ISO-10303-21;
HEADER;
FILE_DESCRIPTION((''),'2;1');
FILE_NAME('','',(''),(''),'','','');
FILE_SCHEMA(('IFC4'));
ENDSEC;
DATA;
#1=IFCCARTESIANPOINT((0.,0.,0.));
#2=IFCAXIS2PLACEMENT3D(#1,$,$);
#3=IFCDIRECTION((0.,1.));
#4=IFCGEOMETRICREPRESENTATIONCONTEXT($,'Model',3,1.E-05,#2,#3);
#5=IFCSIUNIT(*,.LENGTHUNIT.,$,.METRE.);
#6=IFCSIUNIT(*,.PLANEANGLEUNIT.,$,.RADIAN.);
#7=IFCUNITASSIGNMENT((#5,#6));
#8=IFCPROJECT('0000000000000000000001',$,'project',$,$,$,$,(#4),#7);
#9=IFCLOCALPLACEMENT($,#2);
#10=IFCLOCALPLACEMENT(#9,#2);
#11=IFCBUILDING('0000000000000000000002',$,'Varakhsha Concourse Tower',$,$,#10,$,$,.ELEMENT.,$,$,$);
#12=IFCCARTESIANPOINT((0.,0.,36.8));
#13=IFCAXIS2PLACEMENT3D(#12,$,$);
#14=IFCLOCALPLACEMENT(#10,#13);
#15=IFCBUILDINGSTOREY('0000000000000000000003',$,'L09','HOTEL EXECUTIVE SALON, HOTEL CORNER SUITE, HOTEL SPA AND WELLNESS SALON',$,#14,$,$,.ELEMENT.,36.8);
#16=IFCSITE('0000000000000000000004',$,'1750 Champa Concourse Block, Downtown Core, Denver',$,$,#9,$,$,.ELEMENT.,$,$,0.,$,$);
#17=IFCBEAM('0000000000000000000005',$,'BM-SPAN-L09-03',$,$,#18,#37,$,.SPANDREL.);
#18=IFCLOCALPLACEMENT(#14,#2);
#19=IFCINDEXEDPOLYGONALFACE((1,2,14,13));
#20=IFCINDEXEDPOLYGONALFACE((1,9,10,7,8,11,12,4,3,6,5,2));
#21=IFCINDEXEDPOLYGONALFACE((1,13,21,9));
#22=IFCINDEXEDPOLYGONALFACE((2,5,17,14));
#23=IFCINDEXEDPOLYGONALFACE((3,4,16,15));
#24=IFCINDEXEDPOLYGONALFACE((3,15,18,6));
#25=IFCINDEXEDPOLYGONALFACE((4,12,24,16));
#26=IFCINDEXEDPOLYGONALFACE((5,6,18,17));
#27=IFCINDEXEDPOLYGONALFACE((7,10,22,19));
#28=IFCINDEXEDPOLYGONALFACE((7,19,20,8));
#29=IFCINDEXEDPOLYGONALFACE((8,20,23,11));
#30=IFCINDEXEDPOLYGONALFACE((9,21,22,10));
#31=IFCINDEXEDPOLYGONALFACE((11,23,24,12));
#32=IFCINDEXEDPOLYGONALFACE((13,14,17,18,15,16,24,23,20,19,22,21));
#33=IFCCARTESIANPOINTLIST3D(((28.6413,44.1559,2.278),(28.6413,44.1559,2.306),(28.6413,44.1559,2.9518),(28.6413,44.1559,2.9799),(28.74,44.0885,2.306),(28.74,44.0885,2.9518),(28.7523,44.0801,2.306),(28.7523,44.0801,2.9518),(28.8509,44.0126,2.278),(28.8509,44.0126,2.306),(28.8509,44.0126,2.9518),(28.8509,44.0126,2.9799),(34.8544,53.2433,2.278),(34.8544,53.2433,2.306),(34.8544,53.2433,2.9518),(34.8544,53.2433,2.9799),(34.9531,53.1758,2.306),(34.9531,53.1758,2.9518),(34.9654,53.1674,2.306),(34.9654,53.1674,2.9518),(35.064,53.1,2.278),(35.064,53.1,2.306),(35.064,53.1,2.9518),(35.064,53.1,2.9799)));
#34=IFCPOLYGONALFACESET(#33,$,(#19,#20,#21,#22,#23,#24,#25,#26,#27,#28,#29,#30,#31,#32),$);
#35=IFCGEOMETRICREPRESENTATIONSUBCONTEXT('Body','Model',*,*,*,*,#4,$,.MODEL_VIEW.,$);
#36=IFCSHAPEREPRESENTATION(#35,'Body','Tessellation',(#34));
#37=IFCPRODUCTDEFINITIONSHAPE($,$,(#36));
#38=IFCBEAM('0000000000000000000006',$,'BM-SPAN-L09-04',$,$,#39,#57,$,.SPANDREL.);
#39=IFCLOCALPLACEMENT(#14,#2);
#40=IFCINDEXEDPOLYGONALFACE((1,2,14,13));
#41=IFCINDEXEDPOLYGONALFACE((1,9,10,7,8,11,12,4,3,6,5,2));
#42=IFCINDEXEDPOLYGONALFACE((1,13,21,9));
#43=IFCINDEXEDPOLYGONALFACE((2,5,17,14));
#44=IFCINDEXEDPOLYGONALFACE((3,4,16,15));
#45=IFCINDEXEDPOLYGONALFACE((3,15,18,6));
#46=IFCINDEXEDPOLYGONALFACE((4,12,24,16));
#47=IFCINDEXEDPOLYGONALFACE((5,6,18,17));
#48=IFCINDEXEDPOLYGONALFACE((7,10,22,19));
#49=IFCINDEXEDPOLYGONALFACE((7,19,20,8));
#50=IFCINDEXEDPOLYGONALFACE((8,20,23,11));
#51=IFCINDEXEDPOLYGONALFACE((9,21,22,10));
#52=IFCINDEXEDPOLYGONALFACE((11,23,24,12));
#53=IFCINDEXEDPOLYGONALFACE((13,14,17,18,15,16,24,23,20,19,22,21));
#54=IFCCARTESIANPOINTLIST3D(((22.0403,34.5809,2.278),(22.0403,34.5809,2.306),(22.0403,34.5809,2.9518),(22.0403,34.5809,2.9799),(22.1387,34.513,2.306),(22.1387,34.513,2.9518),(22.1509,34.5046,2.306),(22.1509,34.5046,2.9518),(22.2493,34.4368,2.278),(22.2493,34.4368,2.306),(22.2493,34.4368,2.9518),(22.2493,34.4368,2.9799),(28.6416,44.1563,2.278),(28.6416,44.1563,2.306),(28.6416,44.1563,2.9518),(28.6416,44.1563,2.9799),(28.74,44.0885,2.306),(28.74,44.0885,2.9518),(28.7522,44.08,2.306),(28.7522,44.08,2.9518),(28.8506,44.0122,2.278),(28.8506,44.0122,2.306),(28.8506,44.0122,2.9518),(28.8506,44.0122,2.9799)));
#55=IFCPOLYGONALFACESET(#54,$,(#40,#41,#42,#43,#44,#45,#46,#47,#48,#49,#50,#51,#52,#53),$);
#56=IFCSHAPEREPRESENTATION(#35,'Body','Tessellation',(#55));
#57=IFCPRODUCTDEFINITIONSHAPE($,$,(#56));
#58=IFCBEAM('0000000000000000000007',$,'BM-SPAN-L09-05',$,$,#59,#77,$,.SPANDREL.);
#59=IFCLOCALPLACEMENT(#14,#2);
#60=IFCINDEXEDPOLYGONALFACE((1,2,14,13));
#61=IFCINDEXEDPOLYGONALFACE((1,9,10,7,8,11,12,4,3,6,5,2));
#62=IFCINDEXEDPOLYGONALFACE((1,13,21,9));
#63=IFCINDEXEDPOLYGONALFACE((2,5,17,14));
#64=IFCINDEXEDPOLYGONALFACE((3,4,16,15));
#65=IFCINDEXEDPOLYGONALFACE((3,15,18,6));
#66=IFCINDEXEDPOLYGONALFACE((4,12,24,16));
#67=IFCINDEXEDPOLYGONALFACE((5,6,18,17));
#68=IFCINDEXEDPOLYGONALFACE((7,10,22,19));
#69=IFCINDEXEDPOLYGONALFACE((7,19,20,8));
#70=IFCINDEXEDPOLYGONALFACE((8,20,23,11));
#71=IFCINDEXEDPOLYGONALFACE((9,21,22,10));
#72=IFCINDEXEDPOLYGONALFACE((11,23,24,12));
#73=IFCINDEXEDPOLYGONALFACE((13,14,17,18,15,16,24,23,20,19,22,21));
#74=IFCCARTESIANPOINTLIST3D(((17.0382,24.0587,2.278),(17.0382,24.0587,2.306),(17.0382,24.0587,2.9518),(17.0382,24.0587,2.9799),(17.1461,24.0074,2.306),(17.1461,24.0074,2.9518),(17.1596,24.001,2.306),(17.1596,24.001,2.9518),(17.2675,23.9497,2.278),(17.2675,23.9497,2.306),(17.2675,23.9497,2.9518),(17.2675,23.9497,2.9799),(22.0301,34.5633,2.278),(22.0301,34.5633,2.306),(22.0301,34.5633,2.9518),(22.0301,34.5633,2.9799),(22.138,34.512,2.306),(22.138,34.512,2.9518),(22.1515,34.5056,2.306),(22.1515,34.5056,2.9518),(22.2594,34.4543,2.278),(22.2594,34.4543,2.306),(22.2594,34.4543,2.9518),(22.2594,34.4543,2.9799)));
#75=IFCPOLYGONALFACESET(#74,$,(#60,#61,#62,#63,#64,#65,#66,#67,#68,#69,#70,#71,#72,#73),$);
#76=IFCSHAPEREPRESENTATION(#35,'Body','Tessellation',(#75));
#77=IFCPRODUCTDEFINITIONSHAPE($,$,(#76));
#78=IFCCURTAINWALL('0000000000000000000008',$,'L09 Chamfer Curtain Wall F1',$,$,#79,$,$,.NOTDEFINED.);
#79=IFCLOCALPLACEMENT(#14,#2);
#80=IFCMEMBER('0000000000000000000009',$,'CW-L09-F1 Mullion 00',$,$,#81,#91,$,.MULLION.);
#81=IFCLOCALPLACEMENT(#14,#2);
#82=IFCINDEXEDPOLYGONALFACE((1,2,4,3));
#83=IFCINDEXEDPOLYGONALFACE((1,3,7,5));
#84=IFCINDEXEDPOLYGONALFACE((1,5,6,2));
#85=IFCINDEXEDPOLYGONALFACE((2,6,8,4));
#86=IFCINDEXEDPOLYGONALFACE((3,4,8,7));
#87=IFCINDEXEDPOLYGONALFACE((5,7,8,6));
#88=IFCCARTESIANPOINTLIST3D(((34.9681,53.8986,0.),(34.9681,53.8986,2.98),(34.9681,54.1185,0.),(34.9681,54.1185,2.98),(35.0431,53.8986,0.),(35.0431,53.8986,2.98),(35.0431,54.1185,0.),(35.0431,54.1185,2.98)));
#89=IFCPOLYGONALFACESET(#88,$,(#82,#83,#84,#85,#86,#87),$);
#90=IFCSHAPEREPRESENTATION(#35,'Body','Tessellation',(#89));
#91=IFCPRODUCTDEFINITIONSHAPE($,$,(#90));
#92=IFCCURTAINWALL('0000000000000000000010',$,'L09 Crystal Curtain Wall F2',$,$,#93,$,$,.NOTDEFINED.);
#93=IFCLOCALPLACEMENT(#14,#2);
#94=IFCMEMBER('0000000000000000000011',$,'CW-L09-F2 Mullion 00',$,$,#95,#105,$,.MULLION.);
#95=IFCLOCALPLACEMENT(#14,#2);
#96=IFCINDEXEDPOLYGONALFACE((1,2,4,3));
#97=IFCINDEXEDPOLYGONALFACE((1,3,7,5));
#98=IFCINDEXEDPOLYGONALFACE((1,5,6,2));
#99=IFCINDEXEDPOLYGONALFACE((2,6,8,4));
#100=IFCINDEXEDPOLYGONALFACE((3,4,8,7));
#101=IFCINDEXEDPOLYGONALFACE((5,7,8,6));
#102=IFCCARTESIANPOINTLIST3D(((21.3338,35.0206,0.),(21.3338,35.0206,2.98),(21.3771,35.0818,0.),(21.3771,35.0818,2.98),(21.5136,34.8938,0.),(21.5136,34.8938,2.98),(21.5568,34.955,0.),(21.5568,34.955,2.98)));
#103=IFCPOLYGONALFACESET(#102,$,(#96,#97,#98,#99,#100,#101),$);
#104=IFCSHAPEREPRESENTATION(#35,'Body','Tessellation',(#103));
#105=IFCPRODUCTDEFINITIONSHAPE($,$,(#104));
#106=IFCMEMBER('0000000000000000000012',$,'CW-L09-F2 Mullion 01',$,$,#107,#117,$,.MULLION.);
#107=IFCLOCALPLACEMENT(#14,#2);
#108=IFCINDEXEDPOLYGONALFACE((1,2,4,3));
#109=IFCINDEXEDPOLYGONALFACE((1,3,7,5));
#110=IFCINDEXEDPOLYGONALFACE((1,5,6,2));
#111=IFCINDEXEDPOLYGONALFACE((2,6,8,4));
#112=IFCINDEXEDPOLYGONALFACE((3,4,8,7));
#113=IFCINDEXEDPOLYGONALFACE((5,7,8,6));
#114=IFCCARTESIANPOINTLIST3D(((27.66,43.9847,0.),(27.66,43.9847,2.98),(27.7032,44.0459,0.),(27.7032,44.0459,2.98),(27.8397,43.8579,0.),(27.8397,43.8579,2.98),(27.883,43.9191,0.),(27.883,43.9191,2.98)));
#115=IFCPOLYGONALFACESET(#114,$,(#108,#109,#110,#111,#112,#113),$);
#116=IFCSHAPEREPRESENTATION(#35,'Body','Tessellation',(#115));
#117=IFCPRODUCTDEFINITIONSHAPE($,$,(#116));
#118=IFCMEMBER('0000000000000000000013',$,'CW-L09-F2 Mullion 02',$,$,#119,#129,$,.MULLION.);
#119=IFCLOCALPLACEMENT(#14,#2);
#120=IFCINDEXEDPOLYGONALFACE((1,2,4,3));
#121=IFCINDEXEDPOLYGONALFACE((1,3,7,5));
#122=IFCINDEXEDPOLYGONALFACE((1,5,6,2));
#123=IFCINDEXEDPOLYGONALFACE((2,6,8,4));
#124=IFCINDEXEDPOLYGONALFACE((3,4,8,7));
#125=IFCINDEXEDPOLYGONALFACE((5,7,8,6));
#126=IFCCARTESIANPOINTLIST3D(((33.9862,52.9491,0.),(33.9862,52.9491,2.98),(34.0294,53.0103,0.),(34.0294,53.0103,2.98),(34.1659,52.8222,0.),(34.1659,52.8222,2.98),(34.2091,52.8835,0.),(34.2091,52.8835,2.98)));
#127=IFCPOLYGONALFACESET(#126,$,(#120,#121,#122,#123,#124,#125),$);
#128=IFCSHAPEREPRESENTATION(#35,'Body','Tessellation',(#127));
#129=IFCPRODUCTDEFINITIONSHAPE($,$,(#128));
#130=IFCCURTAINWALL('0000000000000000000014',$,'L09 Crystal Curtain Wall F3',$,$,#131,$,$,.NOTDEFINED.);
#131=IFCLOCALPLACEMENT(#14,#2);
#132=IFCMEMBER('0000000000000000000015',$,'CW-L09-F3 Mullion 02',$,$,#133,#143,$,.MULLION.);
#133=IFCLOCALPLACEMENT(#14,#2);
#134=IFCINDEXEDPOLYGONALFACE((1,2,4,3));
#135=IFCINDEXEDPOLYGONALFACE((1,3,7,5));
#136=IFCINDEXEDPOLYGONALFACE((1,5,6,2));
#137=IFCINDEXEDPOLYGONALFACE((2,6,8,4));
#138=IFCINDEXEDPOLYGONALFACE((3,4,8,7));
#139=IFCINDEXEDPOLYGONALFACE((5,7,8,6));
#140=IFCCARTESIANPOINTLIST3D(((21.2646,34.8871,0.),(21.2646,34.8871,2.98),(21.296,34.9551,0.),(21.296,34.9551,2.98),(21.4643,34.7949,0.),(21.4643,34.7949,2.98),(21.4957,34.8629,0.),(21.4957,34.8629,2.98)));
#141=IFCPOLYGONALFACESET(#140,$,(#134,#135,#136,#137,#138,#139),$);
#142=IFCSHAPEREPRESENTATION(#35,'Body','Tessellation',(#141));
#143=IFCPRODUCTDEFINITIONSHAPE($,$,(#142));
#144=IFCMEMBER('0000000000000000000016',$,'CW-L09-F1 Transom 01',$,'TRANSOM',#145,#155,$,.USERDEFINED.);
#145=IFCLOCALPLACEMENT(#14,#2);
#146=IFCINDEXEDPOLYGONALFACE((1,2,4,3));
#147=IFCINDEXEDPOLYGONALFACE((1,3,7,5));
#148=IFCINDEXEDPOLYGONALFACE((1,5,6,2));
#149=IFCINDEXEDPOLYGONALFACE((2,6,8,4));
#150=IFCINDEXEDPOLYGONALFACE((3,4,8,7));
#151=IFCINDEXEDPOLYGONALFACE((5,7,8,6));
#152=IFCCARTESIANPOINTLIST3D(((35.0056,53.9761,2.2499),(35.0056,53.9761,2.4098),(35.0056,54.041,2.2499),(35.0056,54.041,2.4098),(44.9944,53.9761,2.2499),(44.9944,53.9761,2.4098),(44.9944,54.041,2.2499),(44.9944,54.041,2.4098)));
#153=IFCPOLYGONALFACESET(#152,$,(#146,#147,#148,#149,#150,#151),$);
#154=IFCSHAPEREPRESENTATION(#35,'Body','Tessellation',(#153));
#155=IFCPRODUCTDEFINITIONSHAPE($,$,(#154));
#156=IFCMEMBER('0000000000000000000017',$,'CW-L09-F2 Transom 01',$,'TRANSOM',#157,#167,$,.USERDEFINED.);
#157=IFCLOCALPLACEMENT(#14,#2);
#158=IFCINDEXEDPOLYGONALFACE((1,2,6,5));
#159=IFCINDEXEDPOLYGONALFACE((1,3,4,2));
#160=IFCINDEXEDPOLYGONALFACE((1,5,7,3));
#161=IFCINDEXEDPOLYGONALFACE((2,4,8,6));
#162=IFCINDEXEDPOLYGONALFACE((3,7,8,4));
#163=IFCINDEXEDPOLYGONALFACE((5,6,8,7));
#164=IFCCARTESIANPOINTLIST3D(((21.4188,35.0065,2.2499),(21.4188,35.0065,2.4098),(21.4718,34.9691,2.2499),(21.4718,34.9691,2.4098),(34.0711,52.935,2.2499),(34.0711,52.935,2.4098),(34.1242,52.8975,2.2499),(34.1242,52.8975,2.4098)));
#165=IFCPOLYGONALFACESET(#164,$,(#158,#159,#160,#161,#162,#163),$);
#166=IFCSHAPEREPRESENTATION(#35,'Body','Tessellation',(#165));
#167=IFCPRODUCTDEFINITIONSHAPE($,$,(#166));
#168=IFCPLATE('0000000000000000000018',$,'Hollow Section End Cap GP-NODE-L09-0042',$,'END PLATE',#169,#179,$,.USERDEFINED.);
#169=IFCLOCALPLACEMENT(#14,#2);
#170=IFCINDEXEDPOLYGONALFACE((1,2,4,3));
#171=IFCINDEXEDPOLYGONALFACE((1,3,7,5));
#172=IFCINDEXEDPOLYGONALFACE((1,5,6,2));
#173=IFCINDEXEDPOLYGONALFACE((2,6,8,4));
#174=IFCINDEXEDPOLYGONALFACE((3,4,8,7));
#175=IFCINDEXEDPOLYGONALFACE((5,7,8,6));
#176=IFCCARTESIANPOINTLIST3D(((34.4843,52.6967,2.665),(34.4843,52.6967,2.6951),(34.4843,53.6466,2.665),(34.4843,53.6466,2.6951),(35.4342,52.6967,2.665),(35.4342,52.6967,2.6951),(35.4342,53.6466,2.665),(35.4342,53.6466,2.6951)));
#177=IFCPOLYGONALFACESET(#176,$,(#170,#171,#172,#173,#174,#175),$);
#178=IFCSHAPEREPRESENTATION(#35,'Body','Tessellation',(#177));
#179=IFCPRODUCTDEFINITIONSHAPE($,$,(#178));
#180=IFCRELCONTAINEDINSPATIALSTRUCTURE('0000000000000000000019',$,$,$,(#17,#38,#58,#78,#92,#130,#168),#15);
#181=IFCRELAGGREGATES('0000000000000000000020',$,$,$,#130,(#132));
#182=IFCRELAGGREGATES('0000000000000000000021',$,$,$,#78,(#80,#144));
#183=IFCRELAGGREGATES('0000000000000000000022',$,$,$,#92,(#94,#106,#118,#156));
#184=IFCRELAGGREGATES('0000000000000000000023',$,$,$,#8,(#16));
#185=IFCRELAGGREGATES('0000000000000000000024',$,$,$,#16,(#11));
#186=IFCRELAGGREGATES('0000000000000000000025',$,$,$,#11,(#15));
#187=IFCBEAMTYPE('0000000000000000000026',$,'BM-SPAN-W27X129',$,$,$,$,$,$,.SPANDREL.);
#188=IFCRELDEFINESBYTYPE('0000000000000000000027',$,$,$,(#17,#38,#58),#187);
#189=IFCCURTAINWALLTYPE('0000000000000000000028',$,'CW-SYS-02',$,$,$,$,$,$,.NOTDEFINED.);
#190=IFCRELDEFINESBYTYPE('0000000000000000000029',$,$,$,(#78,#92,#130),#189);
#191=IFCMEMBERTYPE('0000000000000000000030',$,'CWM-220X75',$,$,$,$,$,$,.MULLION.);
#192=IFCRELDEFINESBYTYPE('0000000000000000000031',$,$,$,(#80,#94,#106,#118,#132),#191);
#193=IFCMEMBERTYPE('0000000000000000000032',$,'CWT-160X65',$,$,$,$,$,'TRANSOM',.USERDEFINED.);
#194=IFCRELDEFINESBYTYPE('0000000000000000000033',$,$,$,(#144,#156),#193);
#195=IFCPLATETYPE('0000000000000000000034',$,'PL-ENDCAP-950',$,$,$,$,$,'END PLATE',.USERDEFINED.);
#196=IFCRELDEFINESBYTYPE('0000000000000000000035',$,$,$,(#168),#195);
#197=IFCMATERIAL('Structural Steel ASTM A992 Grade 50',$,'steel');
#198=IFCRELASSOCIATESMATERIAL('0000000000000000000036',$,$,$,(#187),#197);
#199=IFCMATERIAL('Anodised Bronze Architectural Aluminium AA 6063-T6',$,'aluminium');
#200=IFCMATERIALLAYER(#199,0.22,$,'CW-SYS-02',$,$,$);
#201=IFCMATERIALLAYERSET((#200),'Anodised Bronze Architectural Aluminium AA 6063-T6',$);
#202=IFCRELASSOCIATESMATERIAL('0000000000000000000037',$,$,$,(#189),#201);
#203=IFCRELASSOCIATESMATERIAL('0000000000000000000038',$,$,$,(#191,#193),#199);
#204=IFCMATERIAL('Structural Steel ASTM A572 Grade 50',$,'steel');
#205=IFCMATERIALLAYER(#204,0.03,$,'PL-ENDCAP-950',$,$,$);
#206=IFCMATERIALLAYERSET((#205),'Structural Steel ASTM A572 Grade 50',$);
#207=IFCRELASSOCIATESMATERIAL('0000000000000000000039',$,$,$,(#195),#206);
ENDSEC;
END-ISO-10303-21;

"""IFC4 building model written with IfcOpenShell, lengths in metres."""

from ifc_helpers import new_model, si_unit, direction, frame, origin, origin_2d, place, context, subcontext, project, spatial, rectangle, i_section, extrude, source, transform, mapped, material, layer, layer_set, material_profile, profile_set, type_object, type_shapes, element, aggregate, save


model = new_model("IFC4")

# Units and contexts
model_context = context("Model", 3, precision=1e-05, world=origin(), true_north=direction((0.0, 1.0)))
body_context = subcontext(model_context, "Body", "Model", "MODEL_VIEW")
ifc_project = project(units=[si_unit("LENGTHUNIT", "METRE"), si_unit("PLANEANGLEUNIT", "RADIAN")], contexts=[model_context])

# Site, building, storey
site_placement = place(None, origin())
site = spatial("IfcSite", under=ifc_project, at=site_placement, Name="1750 Champa Concourse Block, Downtown Core, Denver", CompositionType="ELEMENT", RefElevation=0.0)
building_placement = place(site_placement, origin())
building = spatial("IfcBuilding", under=site, at=building_placement, Name="Varakhsha Concourse Tower", CompositionType="ELEMENT")
storey_placement = place(building_placement, frame((0.0, 0.0, 36.8)))
storey = spatial("IfcBuildingStorey", under=building, at=storey_placement, Name="L09", Description="HOTEL EXECUTIVE SALON, HOTEL CORNER SUITE, HOTEL SPA AND WELLNESS SALON", CompositionType="ELEMENT", Elevation=36.8)

# Shared definitions
ifc_material_1 = material(Name="Structural Steel ASTM A992 Grade 50", Category="steel")
ifc_material_2 = material(Name="Structural Steel ASTM A572 Grade 50", Category="steel")

# Beams
ifc_material_profile_1 = material_profile(ifc_material_1, i_section(OverallWidth=0.2539, OverallDepth=0.7019, WebThickness=0.0149, FlangeThickness=0.0281, at=origin_2d()), Name="W27X129")
ifc_profile_set_1 = profile_set([ifc_material_profile_1], Name="Structural Steel ASTM A992 Grade 50")
beam_type_1 = type_object("IfcBeamType", Name="BM-SPAN-W27X129", PredefinedType="SPANDREL", material=ifc_profile_set_1)
beam_1_placement = place(storey_placement, frame((34.9592, 53.1716, 2.6289), z_axis=(-0.564402, -0.8255, 0.0), x_axis=(0.8255, -0.564402, 0.0)))
element("IfcBeam", 1, at=beam_1_placement, inside=storey, type_object=beam_type_1, Name="BM-SPAN-L09-03", PredefinedType="SPANDREL", context=body_context, shape_type="SweptSolid", body=[
    extrude(i_section(OverallWidth=0.2539, OverallDepth=0.7019, WebThickness=0.0149, FlangeThickness=0.0281, at=origin_2d()), origin(), (0.0, 0.0, 1.0), 11.0083),
])
for number, where, z_axis, x_axis, name in (
    (2, (28.7461, 44.0842, 2.6289), (-0.567591, -0.823311, 0.0), (0.823311, -0.567591, 0.0), "BM-SPAN-L09-04"),
    (3, (22.1448, 34.5088, 2.6289), (-0.429214, -0.903203, 0.0), (0.903203, -0.429214, 0.0), "BM-SPAN-L09-05"),
):
    element("IfcBeam", number, at=place(storey_placement, frame(where, z_axis=z_axis, x_axis=x_axis)), inside=storey, type_object=beam_type_1, Name=name, PredefinedType="SPANDREL", context=body_context, shape_type="SweptSolid", body=[
        extrude(i_section(OverallWidth=0.2539, OverallDepth=0.7019, WebThickness=0.0149, FlangeThickness=0.0281, at=origin_2d()), origin(), (0.0, 0.0, 1.0), 11.6304),
    ])

# Curtain wall, member
ifc_material_3 = material(Name="Anodised Bronze Architectural Aluminium AA 6063-T6", Category="aluminium")
ifc_layer_1 = layer(ifc_material_3, 0.22, Name="CW-SYS-02")
ifc_layer_set_1 = layer_set([ifc_layer_1], Name="Anodised Bronze Architectural Aluminium AA 6063-T6")
curtain_wall_type = type_object("IfcCurtainWallType", Name="CW-SYS-02", PredefinedType="NOTDEFINED", material=ifc_layer_set_1)
curtain_wall_1_placement = place(storey_placement, origin())
curtain_wall_1 = element("IfcCurtainWall", 4, at=curtain_wall_1_placement, inside=storey, type_object=curtain_wall_type, Name="L09 Chamfer Curtain Wall F1", PredefinedType="NOTDEFINED")
ifc_material_profile_2 = material_profile(ifc_material_3, rectangle(XDim=0.075, YDim=0.22, at=origin_2d()), Name="CWM-220X75")
ifc_profile_set_2 = profile_set([ifc_material_profile_2], Name="Anodised Bronze Architectural Aluminium AA 6063-T6")
member_type_1 = type_object("IfcMemberType", Name="CWM-220X75", PredefinedType="MULLION", material=ifc_profile_set_2)
shared_shape_1 = source(origin(), body_context, "Body", "SweptSolid", [
    extrude(rectangle(XDim=0.075, YDim=0.22, at=origin_2d()), origin(), (0.0, 0.0, 1.0), 2.98),
])
type_shapes(member_type_1, [shared_shape_1])
member_1_placement = place(storey_placement, frame((35.0056, 54.0085, 0.0), z_axis=(0.0, 0.0, 1.0), x_axis=(1.0, 0.0, 0.0)))
member_1 = element("IfcMember", 5, at=member_1_placement, type_object=member_type_1, Name="CW-L09-F1 Mullion 00", PredefinedType="MULLION", context=body_context, shape_type="MappedRepresentation", body=[
    mapped(shared_shape_1, transform((0.0, 0.0, 0.0), scale=1.0)),
])

# Curtain wall, members
curtain_wall_2_placement = place(storey_placement, origin())
curtain_wall_2 = element("IfcCurtainWall", 6, at=curtain_wall_2_placement, inside=storey, type_object=curtain_wall_type, Name="L09 Crystal Curtain Wall F2", PredefinedType="NOTDEFINED")
member_2_placement = place(storey_placement, frame((21.4453, 34.9878, 0.0), z_axis=(0.0, 0.0, 1.0), x_axis=(0.576593, 0.817031, 0.0)))
member_2 = element("IfcMember", 7, at=member_2_placement, type_object=member_type_1, Name="CW-L09-F2 Mullion 00", PredefinedType="MULLION", context=body_context, shape_type="MappedRepresentation", body=[
    mapped(shared_shape_1, transform((0.0, 0.0, 0.0), scale=1.0)),
])
member_3_placement = place(storey_placement, frame((27.7715, 43.9519, 0.0), z_axis=(0.0, 0.0, 1.0), x_axis=(0.576593, 0.817031, 0.0)))
member_3 = element("IfcMember", 8, at=member_3_placement, type_object=member_type_1, Name="CW-L09-F2 Mullion 01", PredefinedType="MULLION", context=body_context, shape_type="MappedRepresentation", body=[
    mapped(shared_shape_1, transform((0.0, 0.0, 0.0), scale=1.0)),
])
member_4_placement = place(storey_placement, frame((34.0977, 52.9163, 0.0), z_axis=(0.0, 0.0, 1.0), x_axis=(0.576593, 0.817031, 0.0)))
member_4 = element("IfcMember", 9, at=member_4_placement, type_object=member_type_1, Name="CW-L09-F2 Mullion 02", PredefinedType="MULLION", context=body_context, shape_type="MappedRepresentation", body=[
    mapped(shared_shape_1, transform((0.0, 0.0, 0.0), scale=1.0)),
])

# Curtain wall, member
curtain_wall_3_placement = place(storey_placement, origin())
curtain_wall_3 = element("IfcCurtainWall", 10, at=curtain_wall_3_placement, inside=storey, type_object=curtain_wall_type, Name="L09 Crystal Curtain Wall F3", PredefinedType="NOTDEFINED")
member_5_placement = place(storey_placement, frame((21.3801, 34.875, 0.0), z_axis=(0.0, 0.0, 1.0), x_axis=(0.41927, 0.907862, 0.0)))
member_5 = element("IfcMember", 11, at=member_5_placement, type_object=member_type_1, Name="CW-L09-F3 Mullion 02", PredefinedType="MULLION", context=body_context, shape_type="MappedRepresentation", body=[
    mapped(shared_shape_1, transform((0.0, 0.0, 0.0), scale=1.0)),
])
aggregate(curtain_wall_3, [member_5])

# Members
ifc_material_profile_3 = material_profile(ifc_material_3, rectangle(XDim=0.0649, YDim=0.1599, at=origin_2d()), Name="CWT-160X65")
ifc_profile_set_3 = profile_set([ifc_material_profile_3], Name="Anodised Bronze Architectural Aluminium AA 6063-T6")
member_type_2 = type_object("IfcMemberType", Name="CWT-160X65", ElementType="TRANSOM", PredefinedType="USERDEFINED", material=ifc_profile_set_3)
shared_shape_2 = source(origin(), body_context, "Body", "SweptSolid", [
    extrude(rectangle(XDim=0.0649, YDim=0.1599, at=origin_2d()), origin(), (0.0, 0.0, 1.0), 9.9888),
])
member_6_placement = place(storey_placement, frame((35.0056, 54.0085, 2.3298), z_axis=(1.0, 0.0, 0.0), x_axis=(0.0, 1.0, 0.0)))
member_6 = element("IfcMember", 12, at=member_6_placement, type_object=member_type_2, Name="CW-L09-F1 Transom 01", ObjectType="TRANSOM", PredefinedType="USERDEFINED", context=body_context, shape_type="MappedRepresentation", body=[
    mapped(shared_shape_2, transform((0.0, 0.0, 0.0), scale=1.0)),
])
aggregate(curtain_wall_1, [member_1, member_6])
shared_shape_3 = source(origin(), body_context, "Body", "SweptSolid", [
    extrude(rectangle(XDim=0.0649, YDim=0.1599, at=origin_2d()), origin(), (0.0, 0.0, 1.0), 21.9434),
])
type_shapes(member_type_2, [shared_shape_2, shared_shape_3])
member_7_placement = place(storey_placement, frame((21.4453, 34.9878, 2.3298), z_axis=(0.576591, 0.817033, 0.0), x_axis=(-0.817033, 0.576591, 0.0)))
member_7 = element("IfcMember", 13, at=member_7_placement, type_object=member_type_2, Name="CW-L09-F2 Transom 01", ObjectType="TRANSOM", PredefinedType="USERDEFINED", context=body_context, shape_type="MappedRepresentation", body=[
    mapped(shared_shape_3, transform((0.0, 0.0, 0.0), scale=1.0)),
])

# Plate
ifc_layer_2 = layer(ifc_material_2, 0.03, Name="PL-ENDCAP-950")
ifc_layer_set_2 = layer_set([ifc_layer_2], Name="Structural Steel ASTM A572 Grade 50")
plate_type_1 = type_object("IfcPlateType", Name="PL-ENDCAP-950", ElementType="END PLATE", PredefinedType="USERDEFINED", material=ifc_layer_set_2)
shared_shape_4 = source(origin(), body_context, "Body", "SweptSolid", [
    extrude(rectangle(XDim=0.95, YDim=0.95, at=origin_2d()), origin(), (0.0, 0.0, 1.0), 0.03),
])
type_shapes(plate_type_1, [shared_shape_4])
plate_1_placement = place(storey_placement, frame((34.9592, 53.1716, 2.665), z_axis=(0.0, 0.0, 1.0), x_axis=(1.0, 0.0, 0.0)))
element("IfcPlate", 14, at=plate_1_placement, inside=storey, type_object=plate_type_1, Name="Hollow Section End Cap GP-NODE-L09-0042", ObjectType="END PLATE", PredefinedType="USERDEFINED", context=body_context, shape_type="MappedRepresentation", body=[
    mapped(shared_shape_4, transform((0.0, 0.0, 0.0), scale=1.0)),
])
aggregate(curtain_wall_2, [member_2, member_3, member_4, member_7])

save(model, "model.ifc")
